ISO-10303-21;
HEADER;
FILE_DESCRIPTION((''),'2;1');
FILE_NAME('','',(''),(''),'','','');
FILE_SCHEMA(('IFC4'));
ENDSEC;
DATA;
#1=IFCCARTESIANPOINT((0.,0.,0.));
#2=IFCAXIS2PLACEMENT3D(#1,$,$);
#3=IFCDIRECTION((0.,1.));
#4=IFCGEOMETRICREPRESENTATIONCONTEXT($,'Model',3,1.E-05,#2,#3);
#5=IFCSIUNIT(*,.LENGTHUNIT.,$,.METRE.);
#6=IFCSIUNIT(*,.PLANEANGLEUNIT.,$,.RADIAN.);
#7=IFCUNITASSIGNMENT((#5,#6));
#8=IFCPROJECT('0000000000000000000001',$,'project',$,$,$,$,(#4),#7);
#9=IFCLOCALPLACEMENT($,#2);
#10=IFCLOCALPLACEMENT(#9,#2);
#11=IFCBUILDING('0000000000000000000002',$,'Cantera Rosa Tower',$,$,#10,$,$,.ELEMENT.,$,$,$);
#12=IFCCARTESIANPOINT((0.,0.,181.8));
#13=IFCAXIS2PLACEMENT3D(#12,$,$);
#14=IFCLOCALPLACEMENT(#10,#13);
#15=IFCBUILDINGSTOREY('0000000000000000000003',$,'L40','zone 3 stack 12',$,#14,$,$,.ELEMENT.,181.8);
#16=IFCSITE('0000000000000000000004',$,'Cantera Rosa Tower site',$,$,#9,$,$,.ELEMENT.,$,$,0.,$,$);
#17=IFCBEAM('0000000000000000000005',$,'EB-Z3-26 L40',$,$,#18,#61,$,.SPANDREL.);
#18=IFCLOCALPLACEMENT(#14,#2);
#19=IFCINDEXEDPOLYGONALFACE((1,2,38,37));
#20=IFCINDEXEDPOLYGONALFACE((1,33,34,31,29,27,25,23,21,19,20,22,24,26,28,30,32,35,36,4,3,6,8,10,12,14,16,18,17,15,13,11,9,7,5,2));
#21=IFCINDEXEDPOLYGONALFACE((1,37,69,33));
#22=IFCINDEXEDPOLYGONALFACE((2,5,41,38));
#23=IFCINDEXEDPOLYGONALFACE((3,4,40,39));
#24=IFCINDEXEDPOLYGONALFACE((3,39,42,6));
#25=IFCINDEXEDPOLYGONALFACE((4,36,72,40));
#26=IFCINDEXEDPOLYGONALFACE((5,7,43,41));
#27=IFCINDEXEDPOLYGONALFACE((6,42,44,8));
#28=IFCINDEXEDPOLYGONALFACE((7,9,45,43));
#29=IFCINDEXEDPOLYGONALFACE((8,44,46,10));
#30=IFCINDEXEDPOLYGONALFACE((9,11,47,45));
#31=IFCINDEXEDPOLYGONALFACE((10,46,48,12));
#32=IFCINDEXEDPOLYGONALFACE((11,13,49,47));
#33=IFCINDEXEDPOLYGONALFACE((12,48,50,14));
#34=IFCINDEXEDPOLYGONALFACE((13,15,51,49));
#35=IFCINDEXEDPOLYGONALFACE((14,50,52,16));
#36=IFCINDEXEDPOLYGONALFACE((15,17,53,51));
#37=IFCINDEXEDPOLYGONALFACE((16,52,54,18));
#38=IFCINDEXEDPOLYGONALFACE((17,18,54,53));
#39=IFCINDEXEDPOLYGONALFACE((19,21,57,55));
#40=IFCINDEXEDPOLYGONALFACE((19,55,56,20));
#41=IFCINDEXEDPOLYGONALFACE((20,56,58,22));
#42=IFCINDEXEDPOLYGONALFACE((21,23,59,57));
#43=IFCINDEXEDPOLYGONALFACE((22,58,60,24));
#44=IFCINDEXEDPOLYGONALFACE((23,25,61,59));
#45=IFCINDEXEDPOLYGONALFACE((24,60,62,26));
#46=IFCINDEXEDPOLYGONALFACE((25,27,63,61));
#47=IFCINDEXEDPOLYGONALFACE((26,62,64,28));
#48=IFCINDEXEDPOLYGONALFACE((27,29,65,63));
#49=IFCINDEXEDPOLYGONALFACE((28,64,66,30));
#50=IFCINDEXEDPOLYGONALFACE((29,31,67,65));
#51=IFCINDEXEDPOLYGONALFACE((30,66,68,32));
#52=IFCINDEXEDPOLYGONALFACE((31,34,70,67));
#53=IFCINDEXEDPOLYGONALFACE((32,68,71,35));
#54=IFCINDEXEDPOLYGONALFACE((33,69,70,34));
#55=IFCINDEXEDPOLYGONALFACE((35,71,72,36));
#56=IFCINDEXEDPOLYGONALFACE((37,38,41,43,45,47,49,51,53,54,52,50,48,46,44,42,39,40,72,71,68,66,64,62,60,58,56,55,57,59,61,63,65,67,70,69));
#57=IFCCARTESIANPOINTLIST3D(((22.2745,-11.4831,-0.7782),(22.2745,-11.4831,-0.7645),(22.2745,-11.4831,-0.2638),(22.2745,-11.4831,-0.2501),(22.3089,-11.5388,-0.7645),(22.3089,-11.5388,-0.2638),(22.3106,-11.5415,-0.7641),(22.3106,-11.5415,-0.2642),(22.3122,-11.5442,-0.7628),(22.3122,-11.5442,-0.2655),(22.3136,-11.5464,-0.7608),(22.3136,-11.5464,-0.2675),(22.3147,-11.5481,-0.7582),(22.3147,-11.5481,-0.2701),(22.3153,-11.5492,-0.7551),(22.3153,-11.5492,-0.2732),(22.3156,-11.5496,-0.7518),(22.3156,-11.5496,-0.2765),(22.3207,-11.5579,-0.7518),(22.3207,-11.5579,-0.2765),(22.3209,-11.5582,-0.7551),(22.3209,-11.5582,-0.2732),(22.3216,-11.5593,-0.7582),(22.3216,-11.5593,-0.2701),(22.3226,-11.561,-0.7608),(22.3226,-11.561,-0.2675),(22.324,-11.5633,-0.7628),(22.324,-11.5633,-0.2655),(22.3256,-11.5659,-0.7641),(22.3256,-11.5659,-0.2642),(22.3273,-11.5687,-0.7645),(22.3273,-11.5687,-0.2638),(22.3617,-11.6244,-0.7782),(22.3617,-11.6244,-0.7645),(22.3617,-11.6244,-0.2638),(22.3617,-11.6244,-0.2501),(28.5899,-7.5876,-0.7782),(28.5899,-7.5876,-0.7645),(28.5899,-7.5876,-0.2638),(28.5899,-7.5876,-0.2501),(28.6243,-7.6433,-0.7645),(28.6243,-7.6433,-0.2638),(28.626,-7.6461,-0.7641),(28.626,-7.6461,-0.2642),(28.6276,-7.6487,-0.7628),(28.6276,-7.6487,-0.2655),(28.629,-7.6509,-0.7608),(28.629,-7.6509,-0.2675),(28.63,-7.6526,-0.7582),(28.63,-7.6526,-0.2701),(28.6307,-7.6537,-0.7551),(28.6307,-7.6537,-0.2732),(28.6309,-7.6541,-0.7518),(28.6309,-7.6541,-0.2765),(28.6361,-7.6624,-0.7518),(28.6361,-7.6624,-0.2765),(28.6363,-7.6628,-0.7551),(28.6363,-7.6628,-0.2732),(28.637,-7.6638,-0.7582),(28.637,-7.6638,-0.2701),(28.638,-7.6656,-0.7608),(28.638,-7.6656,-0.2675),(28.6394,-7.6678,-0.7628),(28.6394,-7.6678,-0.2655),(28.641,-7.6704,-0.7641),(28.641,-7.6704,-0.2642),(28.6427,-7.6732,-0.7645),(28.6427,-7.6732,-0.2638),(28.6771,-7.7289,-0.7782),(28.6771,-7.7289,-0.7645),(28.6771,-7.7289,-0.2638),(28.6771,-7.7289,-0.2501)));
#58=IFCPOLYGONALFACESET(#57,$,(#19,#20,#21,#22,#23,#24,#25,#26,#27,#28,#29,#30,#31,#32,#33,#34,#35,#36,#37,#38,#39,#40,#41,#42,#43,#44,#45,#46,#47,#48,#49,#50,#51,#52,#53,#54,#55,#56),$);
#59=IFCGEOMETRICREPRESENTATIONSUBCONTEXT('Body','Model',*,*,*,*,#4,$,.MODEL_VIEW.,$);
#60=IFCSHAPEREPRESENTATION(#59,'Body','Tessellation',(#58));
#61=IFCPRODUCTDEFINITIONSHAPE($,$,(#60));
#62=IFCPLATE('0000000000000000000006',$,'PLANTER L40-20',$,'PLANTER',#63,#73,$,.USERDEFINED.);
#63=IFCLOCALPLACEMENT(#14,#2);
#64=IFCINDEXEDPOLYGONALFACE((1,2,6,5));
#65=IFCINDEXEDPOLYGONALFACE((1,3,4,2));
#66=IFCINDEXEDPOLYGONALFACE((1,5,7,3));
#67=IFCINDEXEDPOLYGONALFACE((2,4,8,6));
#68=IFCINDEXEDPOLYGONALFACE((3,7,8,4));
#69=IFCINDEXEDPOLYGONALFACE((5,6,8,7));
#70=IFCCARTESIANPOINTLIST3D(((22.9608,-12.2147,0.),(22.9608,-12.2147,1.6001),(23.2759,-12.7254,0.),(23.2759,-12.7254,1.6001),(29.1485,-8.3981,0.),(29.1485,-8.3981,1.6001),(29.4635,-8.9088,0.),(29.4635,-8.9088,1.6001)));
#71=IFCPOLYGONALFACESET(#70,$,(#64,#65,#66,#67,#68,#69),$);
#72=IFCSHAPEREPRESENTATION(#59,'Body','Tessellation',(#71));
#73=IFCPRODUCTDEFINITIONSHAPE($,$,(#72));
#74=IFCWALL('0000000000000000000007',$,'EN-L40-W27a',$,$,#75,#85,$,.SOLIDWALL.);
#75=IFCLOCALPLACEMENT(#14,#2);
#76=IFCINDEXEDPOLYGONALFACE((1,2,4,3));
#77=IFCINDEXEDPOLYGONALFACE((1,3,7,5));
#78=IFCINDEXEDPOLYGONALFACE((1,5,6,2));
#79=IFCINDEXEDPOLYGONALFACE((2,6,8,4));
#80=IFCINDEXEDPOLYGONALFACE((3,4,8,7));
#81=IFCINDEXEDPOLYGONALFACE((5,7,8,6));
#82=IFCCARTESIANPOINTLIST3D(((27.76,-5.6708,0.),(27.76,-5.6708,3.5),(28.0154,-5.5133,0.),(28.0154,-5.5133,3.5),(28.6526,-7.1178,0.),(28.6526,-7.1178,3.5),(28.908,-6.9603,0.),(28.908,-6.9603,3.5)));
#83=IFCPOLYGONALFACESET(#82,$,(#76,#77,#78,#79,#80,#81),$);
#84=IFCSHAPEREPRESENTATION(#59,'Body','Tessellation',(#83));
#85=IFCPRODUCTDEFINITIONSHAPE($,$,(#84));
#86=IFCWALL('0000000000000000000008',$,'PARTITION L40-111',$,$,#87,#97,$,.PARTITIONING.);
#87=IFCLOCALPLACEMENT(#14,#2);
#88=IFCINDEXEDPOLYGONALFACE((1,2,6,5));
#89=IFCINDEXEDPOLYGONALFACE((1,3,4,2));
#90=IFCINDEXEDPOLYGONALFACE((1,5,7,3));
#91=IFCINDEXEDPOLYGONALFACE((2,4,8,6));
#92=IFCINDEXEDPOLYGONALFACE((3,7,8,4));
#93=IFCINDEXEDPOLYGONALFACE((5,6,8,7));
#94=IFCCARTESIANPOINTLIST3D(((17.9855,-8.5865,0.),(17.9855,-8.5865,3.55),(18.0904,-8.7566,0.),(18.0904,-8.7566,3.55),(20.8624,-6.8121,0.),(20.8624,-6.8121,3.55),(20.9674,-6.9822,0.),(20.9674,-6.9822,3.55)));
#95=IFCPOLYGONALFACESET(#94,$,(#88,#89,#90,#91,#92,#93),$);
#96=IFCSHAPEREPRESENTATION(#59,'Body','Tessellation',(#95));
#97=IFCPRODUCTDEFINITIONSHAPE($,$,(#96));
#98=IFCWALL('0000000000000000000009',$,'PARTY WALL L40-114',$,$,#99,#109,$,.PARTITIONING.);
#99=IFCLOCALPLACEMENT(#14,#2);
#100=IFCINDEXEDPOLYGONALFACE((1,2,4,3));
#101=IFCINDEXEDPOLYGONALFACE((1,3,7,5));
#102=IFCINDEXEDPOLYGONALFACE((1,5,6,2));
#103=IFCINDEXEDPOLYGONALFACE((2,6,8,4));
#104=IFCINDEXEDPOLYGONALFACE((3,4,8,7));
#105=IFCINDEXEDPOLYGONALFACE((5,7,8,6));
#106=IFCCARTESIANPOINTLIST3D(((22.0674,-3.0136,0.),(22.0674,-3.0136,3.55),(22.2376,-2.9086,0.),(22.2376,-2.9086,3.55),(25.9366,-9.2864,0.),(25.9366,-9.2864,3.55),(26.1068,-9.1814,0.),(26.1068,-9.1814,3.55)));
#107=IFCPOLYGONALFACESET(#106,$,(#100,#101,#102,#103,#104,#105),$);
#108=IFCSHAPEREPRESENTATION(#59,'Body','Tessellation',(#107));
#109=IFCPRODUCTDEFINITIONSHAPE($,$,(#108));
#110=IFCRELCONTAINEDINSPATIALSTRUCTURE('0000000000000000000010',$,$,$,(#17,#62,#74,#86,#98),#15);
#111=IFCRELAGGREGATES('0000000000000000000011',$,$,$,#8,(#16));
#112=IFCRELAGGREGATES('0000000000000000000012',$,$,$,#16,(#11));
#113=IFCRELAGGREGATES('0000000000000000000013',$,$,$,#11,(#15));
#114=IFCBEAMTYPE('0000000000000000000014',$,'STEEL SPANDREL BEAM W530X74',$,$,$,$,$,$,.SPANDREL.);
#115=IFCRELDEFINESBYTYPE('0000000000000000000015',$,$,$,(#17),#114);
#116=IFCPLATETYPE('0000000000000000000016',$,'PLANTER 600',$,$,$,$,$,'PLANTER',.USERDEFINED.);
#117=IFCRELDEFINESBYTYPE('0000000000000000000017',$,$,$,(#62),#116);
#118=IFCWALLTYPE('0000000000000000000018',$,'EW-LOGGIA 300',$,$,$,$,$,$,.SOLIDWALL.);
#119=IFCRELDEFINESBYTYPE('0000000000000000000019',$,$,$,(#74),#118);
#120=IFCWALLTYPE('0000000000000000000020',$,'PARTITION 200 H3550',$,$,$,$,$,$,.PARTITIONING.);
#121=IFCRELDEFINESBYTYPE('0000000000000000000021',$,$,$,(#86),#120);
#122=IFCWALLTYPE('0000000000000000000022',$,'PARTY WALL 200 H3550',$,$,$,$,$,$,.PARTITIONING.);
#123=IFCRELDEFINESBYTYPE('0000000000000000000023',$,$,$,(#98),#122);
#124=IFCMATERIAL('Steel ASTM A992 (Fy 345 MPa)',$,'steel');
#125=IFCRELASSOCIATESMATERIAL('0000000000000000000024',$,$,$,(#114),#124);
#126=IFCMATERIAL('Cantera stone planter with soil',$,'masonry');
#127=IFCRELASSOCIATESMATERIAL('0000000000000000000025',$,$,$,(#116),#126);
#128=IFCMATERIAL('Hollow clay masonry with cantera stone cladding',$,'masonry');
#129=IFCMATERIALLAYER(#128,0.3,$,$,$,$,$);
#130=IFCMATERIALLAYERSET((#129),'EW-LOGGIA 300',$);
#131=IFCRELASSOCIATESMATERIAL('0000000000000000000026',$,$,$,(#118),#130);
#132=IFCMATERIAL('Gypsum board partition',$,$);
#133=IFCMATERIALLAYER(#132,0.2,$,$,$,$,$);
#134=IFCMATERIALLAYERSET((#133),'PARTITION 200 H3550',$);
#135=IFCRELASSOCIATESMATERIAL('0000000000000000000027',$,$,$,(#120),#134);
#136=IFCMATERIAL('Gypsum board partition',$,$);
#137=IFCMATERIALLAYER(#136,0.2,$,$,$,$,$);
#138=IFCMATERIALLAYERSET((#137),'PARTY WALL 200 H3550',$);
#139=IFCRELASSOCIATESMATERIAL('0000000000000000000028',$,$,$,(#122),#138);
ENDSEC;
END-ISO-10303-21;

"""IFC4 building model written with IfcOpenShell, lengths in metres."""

from ifc_helpers import new_model, si_unit, direction, frame, frame_2d, origin, origin_2d, place, context, subcontext, project, spatial, rectangle, i_section, extrude, material, layer, layer_set, material_profile, profile_set, type_object, element, save


model = new_model("IFC4")

# Units and contexts
model_context = context("Model", 3, precision=1e-05, world=origin(), true_north=direction((0.0, 1.0)))
body_context = subcontext(model_context, "Body", "Model", "MODEL_VIEW")
ifc_project = project(units=[si_unit("LENGTHUNIT", "METRE"), si_unit("PLANEANGLEUNIT", "RADIAN")], contexts=[model_context])

# Site, building, storey
site_placement = place(None, origin())
site = spatial("IfcSite", under=ifc_project, at=site_placement, Name="Cantera Rosa Tower site", CompositionType="ELEMENT", RefElevation=0.0)
building_placement = place(site_placement, origin())
building = spatial("IfcBuilding", under=site, at=building_placement, Name="Cantera Rosa Tower", CompositionType="ELEMENT")
storey_placement = place(building_placement, frame((0.0, 0.0, 181.8)))
storey = spatial("IfcBuildingStorey", under=building, at=storey_placement, Name="L40", Description="zone 3 stack 12", CompositionType="ELEMENT", Elevation=181.8)

# Beam
ifc_material_1 = material(Name="Steel ASTM A992 (Fy 345 MPa)", Category="steel")
ifc_material_profile_1 = material_profile(ifc_material_1, i_section(OverallWidth=0.166, OverallDepth=0.5281, WebThickness=0.0098, FlangeThickness=0.0137, FilletRadius=0.0127, at=origin_2d()), Name="W530X74")
ifc_profile_set_1 = profile_set([ifc_material_profile_1], Name="Steel ASTM A992 (Fy 345 MPa)")
beam_type_1 = type_object("IfcBeamType", Name="STEEL SPANDREL BEAM W530X74", PredefinedType="SPANDREL", material=ifc_profile_set_1)
beam_1_placement = place(storey_placement, frame((22.3181, -11.5537, -0.5142), z_axis=(0.851111, 0.524986, 0.0), x_axis=(-0.524986, 0.851111, 0.0)))
element("IfcBeam", 1, at=beam_1_placement, inside=storey, type_object=beam_type_1, Name="EB-Z3-26 L40", PredefinedType="SPANDREL", context=body_context, shape_type="SweptSolid", body=[
    extrude(i_section(OverallWidth=0.166, OverallDepth=0.5281, WebThickness=0.0098, FlangeThickness=0.0137, FilletRadius=0.0127, at=origin_2d()), origin(), (0.0, 0.0, 1.0), 7.4202),
])

# Plate
ifc_material_2 = material(Name="Cantera stone planter with soil", Category="masonry")
plate_type = type_object("IfcPlateType", Name="PLANTER 600", ElementType="PLANTER", PredefinedType="USERDEFINED", material=ifc_material_2)
plate_placement = place(storey_placement, frame((26.2122, -10.5618, 0.0), z_axis=(0.0, 0.0, 1.0), x_axis=(0.851117, 0.524977, 0.0)))
element("IfcPlate", 2, at=plate_placement, inside=storey, type_object=plate_type, Name="PLANTER L40-20", ObjectType="PLANTER", PredefinedType="USERDEFINED", context=body_context, shape_type="SweptSolid", body=[
    extrude(rectangle(XDim=7.27, YDim=0.6001, at=origin_2d()), origin(), (0.0, 0.0, 1.0), 1.6001),
])

# Wall
ifc_material_3 = material(Name="Hollow clay masonry with cantera stone cladding", Category="masonry")
ifc_layer_1 = layer(ifc_material_3, 0.3)
ifc_layer_set_1 = layer_set([ifc_layer_1], Name="EW-LOGGIA 300")
wall_type_1 = type_object("IfcWallType", Name="EW-LOGGIA 300", PredefinedType="SOLIDWALL", material=ifc_layer_set_1)
wall_1_placement = place(storey_placement, frame((28.7803, -7.0391, 0.0), z_axis=(0.0, 0.0, 1.0), x_axis=(-0.524994, 0.851106, 0.0)))
element("IfcWall", 3, at=wall_1_placement, inside=storey, type_object=wall_type_1, Name="EN-L40-W27a", PredefinedType="SOLIDWALL", context=body_context, shape_type="SweptSolid", body=[
    extrude(rectangle(XDim=1.7002, YDim=0.3, at=frame_2d((0.8501, 0.0))), origin(), (0.0, 0.0, 1.0), 3.5),
])

# Walls
ifc_material_4 = material(Name="Gypsum board partition")
ifc_layer_2 = layer(ifc_material_4, 0.2)
ifc_layer_set_2 = layer_set([ifc_layer_2], Name="PARTITION 200 H3550")
wall_type_2 = type_object("IfcWallType", Name="PARTITION 200 H3550", PredefinedType="PARTITIONING", material=ifc_layer_set_2)
wall_2_placement = place(storey_placement, frame((20.9148, -6.8972, 0.0), z_axis=(0.0, 0.0, 1.0), x_axis=(-0.851132, -0.524951, 0.0)))
element("IfcWall", 4, at=wall_2_placement, inside=storey, type_object=wall_type_2, Name="PARTITION L40-111", PredefinedType="PARTITIONING", context=body_context, shape_type="SweptSolid", body=[
    extrude(rectangle(XDim=3.3801, YDim=0.2, at=frame_2d((1.6899, 0.0))), origin(), (0.0, 0.0, 1.0), 3.55),
])
ifc_material_5 = material(Name="Gypsum board partition")
ifc_layer_3 = layer(ifc_material_5, 0.2)
ifc_layer_set_3 = layer_set([ifc_layer_3], Name="PARTY WALL 200 H3550")
wall_type_3 = type_object("IfcWallType", Name="PARTY WALL 200 H3550", PredefinedType="PARTITIONING", material=ifc_layer_set_3)
wall_3_placement = place(storey_placement, frame((26.0217, -9.2339, 0.0), z_axis=(0.0, 0.0, 1.0), x_axis=(-0.524984, 0.851112, 0.0)))
element("IfcWall", 5, at=wall_3_placement, inside=storey, type_object=wall_type_3, Name="PARTY WALL L40-114", PredefinedType="PARTITIONING", context=body_context, shape_type="SweptSolid", body=[
    extrude(rectangle(XDim=7.3701, YDim=0.2, at=frame_2d((3.6851, 0.0))), origin(), (0.0, 0.0, 1.0), 3.55),
])

save(model, "model.ifc")
